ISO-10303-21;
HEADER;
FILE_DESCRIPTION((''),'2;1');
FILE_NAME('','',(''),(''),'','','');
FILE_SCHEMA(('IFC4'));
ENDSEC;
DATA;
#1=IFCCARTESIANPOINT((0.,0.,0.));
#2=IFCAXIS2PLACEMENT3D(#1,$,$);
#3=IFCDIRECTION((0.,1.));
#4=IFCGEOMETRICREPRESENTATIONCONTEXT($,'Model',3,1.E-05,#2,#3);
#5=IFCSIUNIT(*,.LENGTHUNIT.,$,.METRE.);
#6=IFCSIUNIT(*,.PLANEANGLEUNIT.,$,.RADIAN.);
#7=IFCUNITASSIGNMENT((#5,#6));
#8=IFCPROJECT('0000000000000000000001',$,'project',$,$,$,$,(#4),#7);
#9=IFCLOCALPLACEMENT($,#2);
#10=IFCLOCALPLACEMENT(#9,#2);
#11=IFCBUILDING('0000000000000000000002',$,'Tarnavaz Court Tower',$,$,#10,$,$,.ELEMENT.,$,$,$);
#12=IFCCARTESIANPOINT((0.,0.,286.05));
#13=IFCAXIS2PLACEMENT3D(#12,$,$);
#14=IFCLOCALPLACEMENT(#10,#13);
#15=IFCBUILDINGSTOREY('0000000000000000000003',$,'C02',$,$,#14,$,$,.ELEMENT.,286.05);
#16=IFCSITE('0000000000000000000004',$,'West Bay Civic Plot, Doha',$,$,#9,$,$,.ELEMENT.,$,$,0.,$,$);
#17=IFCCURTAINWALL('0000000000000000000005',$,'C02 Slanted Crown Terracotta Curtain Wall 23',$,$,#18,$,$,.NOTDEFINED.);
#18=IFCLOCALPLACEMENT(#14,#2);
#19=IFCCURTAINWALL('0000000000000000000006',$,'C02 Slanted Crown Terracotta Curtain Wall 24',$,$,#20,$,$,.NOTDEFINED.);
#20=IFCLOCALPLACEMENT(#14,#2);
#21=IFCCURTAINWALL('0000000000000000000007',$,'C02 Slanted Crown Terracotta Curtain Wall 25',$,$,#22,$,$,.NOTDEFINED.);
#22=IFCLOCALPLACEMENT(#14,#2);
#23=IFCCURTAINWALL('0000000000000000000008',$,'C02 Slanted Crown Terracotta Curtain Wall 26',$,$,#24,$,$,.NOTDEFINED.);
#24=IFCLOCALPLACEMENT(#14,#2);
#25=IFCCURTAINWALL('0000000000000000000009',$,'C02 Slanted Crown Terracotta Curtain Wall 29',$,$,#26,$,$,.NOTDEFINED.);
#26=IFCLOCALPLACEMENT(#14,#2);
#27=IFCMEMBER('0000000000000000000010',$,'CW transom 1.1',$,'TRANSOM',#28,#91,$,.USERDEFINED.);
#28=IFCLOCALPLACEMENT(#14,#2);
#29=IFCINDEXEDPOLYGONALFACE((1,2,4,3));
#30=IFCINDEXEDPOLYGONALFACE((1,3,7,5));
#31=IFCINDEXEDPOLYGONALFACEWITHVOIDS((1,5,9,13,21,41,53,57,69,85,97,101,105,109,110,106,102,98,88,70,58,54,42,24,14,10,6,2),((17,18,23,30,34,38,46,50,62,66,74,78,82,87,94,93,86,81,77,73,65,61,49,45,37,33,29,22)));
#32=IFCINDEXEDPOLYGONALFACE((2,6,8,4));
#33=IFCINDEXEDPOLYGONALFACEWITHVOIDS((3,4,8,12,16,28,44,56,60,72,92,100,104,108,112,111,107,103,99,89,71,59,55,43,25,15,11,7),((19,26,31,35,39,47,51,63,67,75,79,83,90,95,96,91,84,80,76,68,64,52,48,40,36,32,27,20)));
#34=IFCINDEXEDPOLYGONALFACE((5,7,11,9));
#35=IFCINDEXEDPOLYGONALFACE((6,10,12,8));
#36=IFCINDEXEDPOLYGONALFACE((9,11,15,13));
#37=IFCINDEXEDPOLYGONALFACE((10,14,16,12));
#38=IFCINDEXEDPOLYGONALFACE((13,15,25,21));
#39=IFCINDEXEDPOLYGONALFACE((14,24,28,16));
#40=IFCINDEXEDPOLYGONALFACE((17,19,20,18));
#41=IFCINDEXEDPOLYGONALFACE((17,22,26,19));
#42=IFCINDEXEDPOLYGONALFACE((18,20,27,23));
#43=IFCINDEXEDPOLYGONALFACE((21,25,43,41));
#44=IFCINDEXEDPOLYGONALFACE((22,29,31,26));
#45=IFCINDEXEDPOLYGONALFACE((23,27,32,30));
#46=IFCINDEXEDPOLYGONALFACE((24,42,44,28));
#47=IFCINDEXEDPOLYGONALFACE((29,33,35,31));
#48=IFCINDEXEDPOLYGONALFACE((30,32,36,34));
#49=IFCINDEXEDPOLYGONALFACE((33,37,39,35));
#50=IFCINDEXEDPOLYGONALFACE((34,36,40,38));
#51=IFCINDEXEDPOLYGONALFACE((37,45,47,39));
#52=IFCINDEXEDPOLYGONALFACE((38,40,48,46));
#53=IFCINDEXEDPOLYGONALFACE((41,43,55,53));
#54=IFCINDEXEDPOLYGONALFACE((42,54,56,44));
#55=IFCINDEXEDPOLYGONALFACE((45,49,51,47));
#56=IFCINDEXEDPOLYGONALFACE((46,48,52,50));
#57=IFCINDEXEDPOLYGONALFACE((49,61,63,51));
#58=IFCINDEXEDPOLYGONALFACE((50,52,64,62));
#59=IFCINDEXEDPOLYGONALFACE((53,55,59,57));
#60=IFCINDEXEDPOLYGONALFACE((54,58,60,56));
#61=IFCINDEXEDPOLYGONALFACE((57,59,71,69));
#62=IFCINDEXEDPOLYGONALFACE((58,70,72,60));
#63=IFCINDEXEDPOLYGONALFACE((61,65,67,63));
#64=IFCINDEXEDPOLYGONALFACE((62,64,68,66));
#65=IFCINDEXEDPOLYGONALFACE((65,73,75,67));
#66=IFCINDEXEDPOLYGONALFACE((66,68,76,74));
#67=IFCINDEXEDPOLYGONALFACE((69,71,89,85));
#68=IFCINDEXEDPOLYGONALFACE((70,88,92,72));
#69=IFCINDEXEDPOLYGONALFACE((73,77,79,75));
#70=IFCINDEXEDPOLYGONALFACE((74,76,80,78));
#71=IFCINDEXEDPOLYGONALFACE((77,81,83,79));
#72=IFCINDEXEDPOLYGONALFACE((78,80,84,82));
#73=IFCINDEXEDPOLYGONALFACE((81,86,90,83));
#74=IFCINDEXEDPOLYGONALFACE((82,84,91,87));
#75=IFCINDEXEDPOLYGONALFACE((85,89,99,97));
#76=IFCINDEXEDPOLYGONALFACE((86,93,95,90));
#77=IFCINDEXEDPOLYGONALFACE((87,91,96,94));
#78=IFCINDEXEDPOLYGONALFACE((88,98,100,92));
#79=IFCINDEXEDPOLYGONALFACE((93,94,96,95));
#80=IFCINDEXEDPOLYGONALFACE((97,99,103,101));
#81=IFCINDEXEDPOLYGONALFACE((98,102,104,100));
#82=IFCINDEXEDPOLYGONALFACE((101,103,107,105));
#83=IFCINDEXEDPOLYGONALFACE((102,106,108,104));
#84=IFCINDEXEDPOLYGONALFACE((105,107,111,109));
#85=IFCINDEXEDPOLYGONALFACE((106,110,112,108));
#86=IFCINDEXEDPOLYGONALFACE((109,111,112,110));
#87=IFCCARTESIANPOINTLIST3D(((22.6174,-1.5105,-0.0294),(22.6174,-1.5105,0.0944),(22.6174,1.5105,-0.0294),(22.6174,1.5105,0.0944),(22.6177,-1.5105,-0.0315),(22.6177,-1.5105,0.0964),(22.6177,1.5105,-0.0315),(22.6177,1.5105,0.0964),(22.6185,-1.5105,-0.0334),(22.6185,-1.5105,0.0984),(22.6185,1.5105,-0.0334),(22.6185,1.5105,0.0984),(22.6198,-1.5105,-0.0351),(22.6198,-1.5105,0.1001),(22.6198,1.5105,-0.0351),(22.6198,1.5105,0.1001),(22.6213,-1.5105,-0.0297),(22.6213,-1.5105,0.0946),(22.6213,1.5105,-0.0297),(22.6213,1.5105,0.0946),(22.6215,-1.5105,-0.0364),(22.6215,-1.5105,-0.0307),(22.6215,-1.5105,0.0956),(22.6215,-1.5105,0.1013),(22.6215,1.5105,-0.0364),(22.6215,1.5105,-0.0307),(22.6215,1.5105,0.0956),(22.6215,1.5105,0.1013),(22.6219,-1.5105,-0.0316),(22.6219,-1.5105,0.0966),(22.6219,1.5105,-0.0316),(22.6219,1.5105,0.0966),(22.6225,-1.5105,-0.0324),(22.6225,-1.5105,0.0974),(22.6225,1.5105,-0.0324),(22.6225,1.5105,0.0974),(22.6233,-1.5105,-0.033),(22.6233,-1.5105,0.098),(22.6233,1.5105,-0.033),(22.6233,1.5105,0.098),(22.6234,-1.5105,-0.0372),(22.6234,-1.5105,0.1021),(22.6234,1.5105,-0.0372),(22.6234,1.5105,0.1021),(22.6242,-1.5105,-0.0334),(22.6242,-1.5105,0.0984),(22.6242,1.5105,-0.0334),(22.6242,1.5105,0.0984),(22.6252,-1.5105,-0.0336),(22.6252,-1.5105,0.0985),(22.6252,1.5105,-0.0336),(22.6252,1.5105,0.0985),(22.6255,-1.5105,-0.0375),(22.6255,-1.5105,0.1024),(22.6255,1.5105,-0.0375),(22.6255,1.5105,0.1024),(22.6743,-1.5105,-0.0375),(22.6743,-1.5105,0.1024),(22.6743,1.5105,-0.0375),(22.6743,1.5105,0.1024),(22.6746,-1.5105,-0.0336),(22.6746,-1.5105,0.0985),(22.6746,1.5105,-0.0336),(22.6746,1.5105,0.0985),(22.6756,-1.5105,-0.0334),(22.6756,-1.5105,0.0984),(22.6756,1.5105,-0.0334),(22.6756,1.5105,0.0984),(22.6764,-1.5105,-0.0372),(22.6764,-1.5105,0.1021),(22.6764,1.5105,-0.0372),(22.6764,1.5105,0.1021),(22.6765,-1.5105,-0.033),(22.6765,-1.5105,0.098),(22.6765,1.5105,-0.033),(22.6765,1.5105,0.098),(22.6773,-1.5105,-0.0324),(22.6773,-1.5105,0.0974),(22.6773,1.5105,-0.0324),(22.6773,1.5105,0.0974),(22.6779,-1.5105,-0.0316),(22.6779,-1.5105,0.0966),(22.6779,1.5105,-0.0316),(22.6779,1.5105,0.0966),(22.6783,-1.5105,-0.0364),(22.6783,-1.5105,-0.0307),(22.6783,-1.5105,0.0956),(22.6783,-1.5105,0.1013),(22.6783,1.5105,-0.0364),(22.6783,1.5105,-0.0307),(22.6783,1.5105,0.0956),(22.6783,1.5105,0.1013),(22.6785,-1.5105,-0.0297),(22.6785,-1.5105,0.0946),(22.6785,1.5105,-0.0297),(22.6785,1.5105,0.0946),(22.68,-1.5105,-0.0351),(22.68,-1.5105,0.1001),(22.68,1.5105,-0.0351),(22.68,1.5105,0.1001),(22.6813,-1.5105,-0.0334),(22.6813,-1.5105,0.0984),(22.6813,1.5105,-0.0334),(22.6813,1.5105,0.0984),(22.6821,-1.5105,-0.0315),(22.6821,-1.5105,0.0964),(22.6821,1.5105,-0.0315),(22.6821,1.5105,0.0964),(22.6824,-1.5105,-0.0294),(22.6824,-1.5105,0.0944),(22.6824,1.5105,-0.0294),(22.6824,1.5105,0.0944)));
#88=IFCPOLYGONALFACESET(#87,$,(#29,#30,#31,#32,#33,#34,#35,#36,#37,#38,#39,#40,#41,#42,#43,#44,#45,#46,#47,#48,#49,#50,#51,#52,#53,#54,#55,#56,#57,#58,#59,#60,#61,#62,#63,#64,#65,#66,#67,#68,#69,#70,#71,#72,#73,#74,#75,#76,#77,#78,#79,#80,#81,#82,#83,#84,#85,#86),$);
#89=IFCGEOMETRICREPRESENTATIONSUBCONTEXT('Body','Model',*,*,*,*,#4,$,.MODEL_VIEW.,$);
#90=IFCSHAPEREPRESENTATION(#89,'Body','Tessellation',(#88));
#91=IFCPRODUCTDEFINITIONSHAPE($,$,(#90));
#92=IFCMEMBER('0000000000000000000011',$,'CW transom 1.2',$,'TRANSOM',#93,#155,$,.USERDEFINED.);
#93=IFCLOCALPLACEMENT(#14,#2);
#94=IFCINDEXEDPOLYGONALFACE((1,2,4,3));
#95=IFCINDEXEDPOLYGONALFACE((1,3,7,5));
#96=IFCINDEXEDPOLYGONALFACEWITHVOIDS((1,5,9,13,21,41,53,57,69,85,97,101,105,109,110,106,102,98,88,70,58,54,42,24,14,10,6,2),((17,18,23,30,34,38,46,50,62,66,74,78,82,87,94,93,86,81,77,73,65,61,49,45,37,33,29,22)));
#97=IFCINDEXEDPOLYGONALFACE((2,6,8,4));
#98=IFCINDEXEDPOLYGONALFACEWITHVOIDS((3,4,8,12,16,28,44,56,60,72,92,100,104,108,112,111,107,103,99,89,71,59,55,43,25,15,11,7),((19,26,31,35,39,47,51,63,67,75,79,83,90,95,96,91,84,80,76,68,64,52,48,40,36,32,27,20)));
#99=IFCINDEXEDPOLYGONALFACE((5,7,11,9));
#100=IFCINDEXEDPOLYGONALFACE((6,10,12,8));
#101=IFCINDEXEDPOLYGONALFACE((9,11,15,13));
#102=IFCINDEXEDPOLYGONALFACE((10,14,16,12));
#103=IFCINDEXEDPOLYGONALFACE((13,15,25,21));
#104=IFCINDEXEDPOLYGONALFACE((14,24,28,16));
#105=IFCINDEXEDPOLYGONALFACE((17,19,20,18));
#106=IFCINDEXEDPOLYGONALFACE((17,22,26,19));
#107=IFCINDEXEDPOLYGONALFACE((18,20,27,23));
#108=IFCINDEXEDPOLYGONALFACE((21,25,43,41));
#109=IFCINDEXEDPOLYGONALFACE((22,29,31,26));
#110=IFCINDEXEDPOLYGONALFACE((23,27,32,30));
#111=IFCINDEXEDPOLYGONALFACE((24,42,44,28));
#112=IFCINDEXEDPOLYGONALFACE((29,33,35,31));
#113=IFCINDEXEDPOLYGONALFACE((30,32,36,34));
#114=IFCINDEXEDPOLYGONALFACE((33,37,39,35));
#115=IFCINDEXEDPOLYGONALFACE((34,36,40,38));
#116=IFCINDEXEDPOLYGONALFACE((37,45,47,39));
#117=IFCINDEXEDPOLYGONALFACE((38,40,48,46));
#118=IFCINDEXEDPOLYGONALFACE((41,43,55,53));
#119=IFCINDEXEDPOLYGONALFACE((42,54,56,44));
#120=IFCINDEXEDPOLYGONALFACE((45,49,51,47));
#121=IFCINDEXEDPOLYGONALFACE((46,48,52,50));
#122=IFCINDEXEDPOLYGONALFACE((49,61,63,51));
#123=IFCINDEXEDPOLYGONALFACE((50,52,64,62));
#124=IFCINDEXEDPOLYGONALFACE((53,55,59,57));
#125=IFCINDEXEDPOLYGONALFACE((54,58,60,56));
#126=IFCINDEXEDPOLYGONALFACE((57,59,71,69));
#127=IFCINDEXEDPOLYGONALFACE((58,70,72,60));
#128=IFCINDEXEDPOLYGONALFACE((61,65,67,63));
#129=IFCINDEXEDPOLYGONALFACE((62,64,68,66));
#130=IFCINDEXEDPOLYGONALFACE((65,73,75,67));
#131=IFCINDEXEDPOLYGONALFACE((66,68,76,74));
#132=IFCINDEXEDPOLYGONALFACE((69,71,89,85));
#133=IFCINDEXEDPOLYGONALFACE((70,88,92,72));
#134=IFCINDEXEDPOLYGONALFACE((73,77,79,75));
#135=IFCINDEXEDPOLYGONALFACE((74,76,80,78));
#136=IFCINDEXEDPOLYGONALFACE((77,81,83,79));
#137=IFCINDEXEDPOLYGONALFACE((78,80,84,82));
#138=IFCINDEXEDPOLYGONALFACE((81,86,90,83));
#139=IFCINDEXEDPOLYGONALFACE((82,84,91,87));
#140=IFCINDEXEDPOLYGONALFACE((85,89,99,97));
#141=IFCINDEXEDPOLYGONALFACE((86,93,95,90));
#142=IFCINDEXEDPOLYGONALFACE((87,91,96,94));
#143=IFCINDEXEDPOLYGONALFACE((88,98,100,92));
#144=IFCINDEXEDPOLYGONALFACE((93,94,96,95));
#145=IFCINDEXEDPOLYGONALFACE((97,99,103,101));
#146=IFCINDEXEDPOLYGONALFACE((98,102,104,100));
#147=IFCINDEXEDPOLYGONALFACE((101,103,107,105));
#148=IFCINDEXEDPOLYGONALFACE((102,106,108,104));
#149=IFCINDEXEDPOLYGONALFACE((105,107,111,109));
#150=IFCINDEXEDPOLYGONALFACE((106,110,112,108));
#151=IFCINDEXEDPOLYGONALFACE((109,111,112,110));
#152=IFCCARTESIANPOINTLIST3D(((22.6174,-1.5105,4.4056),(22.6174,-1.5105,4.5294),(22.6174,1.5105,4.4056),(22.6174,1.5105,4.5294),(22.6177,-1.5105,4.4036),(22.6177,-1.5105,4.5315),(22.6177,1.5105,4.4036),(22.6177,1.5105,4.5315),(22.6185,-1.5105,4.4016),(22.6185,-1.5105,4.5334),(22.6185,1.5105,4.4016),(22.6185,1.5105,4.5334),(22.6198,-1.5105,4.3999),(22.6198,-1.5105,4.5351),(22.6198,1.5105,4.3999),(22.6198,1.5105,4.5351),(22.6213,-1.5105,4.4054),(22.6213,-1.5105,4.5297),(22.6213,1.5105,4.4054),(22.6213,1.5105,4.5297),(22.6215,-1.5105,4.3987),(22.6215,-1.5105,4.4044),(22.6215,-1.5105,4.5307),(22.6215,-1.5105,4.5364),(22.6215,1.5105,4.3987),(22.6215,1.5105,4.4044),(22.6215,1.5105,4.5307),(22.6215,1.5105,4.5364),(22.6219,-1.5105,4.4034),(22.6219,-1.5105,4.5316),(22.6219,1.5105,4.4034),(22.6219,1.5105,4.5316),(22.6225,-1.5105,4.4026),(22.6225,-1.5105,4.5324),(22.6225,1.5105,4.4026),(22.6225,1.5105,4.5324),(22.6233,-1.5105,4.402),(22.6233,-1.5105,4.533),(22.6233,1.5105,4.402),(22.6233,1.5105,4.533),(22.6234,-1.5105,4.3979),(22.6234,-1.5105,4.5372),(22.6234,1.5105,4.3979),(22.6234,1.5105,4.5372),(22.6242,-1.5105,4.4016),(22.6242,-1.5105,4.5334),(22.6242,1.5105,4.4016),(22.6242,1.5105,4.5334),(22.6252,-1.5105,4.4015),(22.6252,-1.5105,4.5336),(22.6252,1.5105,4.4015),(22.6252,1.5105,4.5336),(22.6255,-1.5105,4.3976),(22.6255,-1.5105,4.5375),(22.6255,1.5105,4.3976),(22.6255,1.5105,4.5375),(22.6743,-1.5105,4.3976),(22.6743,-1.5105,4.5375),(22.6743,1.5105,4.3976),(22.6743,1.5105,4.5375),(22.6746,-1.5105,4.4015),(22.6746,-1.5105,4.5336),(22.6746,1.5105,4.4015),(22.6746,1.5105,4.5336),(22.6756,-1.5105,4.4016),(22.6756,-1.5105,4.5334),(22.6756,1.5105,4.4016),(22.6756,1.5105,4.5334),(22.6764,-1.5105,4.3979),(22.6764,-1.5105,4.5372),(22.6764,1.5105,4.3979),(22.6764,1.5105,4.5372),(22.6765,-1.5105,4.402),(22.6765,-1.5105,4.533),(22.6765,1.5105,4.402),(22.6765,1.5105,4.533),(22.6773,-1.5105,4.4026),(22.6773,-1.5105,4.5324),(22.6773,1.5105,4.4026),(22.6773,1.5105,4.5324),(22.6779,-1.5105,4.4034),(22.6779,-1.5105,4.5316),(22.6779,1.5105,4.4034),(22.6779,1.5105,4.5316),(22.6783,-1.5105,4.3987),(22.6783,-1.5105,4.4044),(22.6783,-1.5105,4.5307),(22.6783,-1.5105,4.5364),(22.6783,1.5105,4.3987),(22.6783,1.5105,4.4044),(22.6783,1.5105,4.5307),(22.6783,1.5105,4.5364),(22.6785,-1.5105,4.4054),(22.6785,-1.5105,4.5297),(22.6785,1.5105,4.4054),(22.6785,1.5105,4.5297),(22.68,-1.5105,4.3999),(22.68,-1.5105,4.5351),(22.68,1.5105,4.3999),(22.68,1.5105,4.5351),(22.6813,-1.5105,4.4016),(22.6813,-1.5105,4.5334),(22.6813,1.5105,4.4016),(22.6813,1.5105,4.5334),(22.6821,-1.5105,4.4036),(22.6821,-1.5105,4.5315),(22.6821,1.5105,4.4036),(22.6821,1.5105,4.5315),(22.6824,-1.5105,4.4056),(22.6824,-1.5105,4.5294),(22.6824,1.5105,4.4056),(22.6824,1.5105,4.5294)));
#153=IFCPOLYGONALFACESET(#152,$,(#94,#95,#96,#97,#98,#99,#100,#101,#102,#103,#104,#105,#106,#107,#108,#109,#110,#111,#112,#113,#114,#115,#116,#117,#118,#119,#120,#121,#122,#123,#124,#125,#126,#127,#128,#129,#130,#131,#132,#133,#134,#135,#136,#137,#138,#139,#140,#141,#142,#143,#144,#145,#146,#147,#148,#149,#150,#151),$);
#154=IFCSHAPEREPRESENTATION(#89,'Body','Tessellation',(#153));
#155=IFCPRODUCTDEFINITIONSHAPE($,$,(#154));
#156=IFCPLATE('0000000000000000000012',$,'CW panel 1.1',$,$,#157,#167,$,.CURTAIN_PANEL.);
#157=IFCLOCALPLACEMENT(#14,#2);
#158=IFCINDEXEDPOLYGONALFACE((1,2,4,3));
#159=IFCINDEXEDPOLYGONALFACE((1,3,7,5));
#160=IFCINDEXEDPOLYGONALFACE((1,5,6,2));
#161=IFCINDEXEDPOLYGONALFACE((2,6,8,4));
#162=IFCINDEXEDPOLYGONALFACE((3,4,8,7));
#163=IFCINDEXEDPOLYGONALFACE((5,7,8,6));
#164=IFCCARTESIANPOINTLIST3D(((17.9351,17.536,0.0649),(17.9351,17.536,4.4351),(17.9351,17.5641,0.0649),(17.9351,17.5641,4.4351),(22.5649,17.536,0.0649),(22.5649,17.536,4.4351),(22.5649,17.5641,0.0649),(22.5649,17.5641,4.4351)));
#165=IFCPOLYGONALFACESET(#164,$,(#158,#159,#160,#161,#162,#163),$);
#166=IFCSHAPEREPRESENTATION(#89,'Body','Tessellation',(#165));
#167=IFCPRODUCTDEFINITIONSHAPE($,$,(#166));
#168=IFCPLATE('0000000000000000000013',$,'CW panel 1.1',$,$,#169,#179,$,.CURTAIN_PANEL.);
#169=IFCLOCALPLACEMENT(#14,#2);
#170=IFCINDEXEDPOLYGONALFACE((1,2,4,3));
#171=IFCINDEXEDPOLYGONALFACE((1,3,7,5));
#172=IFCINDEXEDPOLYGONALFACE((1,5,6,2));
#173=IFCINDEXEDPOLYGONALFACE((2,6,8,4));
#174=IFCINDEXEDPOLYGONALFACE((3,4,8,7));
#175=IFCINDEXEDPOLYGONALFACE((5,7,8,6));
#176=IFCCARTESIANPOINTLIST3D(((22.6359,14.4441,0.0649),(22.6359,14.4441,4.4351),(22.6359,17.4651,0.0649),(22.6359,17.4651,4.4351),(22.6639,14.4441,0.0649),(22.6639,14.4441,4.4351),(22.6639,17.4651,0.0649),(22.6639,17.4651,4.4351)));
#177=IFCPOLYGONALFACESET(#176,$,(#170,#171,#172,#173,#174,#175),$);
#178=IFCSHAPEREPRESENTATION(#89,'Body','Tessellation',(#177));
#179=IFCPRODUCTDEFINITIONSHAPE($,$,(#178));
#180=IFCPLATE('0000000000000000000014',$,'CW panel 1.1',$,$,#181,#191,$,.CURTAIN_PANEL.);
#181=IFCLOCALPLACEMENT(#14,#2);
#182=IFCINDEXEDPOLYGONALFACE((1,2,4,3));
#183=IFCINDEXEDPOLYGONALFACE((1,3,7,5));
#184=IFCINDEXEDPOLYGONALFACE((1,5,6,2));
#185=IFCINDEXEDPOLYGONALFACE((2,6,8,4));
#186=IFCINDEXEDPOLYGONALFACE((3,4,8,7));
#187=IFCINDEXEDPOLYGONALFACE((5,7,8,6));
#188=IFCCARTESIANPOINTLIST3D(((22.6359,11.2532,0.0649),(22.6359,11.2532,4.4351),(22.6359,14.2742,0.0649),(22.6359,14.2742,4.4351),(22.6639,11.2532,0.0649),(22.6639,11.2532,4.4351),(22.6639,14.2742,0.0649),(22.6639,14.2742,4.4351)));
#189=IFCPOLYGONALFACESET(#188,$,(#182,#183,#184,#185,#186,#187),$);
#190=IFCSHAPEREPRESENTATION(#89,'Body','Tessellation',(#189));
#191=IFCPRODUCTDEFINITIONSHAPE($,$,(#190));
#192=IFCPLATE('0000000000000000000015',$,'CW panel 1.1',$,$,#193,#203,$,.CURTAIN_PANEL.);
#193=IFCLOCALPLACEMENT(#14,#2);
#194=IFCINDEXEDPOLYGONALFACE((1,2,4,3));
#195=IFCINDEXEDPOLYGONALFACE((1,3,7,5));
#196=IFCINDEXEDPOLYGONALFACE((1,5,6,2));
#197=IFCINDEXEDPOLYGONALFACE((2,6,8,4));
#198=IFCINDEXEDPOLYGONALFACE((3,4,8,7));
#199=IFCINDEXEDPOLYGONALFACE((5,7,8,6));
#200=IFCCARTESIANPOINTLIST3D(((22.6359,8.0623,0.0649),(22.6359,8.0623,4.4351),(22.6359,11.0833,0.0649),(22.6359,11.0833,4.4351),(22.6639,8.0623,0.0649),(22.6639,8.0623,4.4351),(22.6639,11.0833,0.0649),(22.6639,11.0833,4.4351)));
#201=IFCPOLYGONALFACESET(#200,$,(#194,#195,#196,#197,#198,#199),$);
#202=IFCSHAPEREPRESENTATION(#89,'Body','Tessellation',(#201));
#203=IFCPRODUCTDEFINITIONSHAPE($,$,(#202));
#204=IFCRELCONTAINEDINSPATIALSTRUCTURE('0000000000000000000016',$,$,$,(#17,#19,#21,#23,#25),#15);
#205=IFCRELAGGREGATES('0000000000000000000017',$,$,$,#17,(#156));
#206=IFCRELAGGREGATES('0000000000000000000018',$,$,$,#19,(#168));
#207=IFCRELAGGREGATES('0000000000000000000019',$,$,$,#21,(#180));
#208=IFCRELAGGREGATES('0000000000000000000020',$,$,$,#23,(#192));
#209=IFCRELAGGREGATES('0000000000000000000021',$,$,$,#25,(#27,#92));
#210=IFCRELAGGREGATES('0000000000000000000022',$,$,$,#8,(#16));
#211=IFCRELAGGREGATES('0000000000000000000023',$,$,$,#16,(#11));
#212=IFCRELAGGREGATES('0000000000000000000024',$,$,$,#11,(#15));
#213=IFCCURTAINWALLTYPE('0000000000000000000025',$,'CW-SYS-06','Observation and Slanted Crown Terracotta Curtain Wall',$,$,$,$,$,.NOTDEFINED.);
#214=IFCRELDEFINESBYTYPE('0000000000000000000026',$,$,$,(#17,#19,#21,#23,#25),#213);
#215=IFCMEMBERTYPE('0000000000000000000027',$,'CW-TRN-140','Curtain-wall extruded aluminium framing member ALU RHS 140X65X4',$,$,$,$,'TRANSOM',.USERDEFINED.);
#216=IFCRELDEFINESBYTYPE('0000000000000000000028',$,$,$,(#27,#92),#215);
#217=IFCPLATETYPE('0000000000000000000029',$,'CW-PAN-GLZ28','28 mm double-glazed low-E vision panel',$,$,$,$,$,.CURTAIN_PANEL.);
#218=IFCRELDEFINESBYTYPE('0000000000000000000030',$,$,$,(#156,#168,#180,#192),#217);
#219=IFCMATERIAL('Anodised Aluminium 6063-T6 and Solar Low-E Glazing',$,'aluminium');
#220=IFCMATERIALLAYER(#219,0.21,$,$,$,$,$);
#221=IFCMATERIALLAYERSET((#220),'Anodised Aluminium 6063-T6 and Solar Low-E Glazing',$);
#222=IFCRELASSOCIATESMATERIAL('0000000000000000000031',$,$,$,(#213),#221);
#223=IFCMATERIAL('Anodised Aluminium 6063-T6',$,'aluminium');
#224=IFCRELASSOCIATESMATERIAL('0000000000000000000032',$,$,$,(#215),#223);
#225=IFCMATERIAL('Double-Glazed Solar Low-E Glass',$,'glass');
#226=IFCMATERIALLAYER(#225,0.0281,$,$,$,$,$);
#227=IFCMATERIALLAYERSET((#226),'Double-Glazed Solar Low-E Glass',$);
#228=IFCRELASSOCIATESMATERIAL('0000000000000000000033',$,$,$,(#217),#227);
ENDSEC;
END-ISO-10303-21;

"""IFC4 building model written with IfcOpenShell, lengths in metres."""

from ifc_helpers import new_model, si_unit, direction, frame, origin, origin_2d, place, context, subcontext, project, spatial, rectangle, hollow_rectangle, extrude, material, layer, layer_set, material_profile, profile_set, type_object, element, aggregate, save


model = new_model("IFC4")

# Units and contexts
model_context = context("Model", 3, precision=1e-05, world=origin(), true_north=direction((0.0, 1.0)))
body_context = subcontext(model_context, "Body", "Model", "MODEL_VIEW")
ifc_project = project(units=[si_unit("LENGTHUNIT", "METRE"), si_unit("PLANEANGLEUNIT", "RADIAN")], contexts=[model_context])

# Site, building, storey
site_placement = place(None, origin())
site = spatial("IfcSite", under=ifc_project, at=site_placement, Name="West Bay Civic Plot, Doha", CompositionType="ELEMENT", RefElevation=0.0)
building_placement = place(site_placement, origin())
building = spatial("IfcBuilding", under=site, at=building_placement, Name="Tarnavaz Court Tower", CompositionType="ELEMENT")
storey_placement = place(building_placement, frame((0.0, 0.0, 286.05)))
storey = spatial("IfcBuildingStorey", under=building, at=storey_placement, Name="C02", CompositionType="ELEMENT", Elevation=286.05)

# Curtain wall
ifc_material_1 = material(Name="Anodised Aluminium 6063-T6 and Solar Low-E Glazing", Category="aluminium")
ifc_layer_1 = layer(ifc_material_1, 0.21)
ifc_layer_set_1 = layer_set([ifc_layer_1], Name="Anodised Aluminium 6063-T6 and Solar Low-E Glazing")
curtain_wall_type = type_object("IfcCurtainWallType", Name="CW-SYS-06", Description="Observation and Slanted Crown Terracotta Curtain Wall", PredefinedType="NOTDEFINED", material=ifc_layer_set_1)
curtain_wall_1_placement = place(storey_placement, origin())
curtain_wall_1 = element("IfcCurtainWall", 1, at=curtain_wall_1_placement, inside=storey, type_object=curtain_wall_type, Name="C02 Slanted Crown Terracotta Curtain Wall 23", PredefinedType="NOTDEFINED")
ifc_material_2 = material(Name="Anodised Aluminium 6063-T6", Category="aluminium")

# Curtain walls
curtain_wall_2_placement = place(storey_placement, origin())
curtain_wall_2 = element("IfcCurtainWall", 2, at=curtain_wall_2_placement, inside=storey, type_object=curtain_wall_type, Name="C02 Slanted Crown Terracotta Curtain Wall 24", PredefinedType="NOTDEFINED")
curtain_wall_3_placement = place(storey_placement, origin())
curtain_wall_3 = element("IfcCurtainWall", 3, at=curtain_wall_3_placement, inside=storey, type_object=curtain_wall_type, Name="C02 Slanted Crown Terracotta Curtain Wall 25", PredefinedType="NOTDEFINED")
curtain_wall_4_placement = place(storey_placement, origin())
curtain_wall_4 = element("IfcCurtainWall", 4, at=curtain_wall_4_placement, inside=storey, type_object=curtain_wall_type, Name="C02 Slanted Crown Terracotta Curtain Wall 26", PredefinedType="NOTDEFINED")

# Curtain wall
curtain_wall_5_placement = place(storey_placement, origin())
curtain_wall_5 = element("IfcCurtainWall", 5, at=curtain_wall_5_placement, inside=storey, type_object=curtain_wall_type, Name="C02 Slanted Crown Terracotta Curtain Wall 29", PredefinedType="NOTDEFINED")

# Members
ifc_material_profile_1 = material_profile(ifc_material_2, hollow_rectangle(XDim=0.0649, YDim=0.1399, WallThickness=0.0039, InnerFilletRadius=0.0039, OuterFilletRadius=0.0081, at=origin_2d()), Name="ALU RHS 140X65X4")
ifc_profile_set_1 = profile_set([ifc_material_profile_1], Name="Anodised Aluminium 6063-T6")
member_type_1 = type_object("IfcMemberType", Name="CW-TRN-140", Description="Curtain-wall extruded aluminium framing member ALU RHS 140X65X4", ElementType="TRANSOM", PredefinedType="USERDEFINED", material=ifc_profile_set_1)
member_1_placement = place(storey_placement, frame((22.6499, 1.5105, 0.0325), z_axis=(0.0, -1.0, 0.0), x_axis=(1.0, 0.0, 0.0)))
member_1 = element("IfcMember", 6, at=member_1_placement, type_object=member_type_1, Name="CW transom 1.1", ObjectType="TRANSOM", PredefinedType="USERDEFINED", context=body_context, shape_type="SweptSolid", body=[
    extrude(hollow_rectangle(XDim=0.0649, YDim=0.1399, WallThickness=0.0039, InnerFilletRadius=0.0039, OuterFilletRadius=0.0081, at=origin_2d()), origin(), (0.0, 0.0, 1.0), 3.021),
])
member_2_placement = place(storey_placement, frame((22.6499, 1.5105, 4.4675), z_axis=(0.0, -1.0, 0.0), x_axis=(1.0, 0.0, 0.0)))
member_2 = element("IfcMember", 7, at=member_2_placement, type_object=member_type_1, Name="CW transom 1.2", ObjectType="TRANSOM", PredefinedType="USERDEFINED", context=body_context, shape_type="SweptSolid", body=[
    extrude(hollow_rectangle(XDim=0.0649, YDim=0.1399, WallThickness=0.0039, InnerFilletRadius=0.0039, OuterFilletRadius=0.0081, at=origin_2d()), origin(), (0.0, 0.0, 1.0), 3.021),
])

# Plates
ifc_material_3 = material(Name="Double-Glazed Solar Low-E Glass", Category="glass")
ifc_layer_2 = layer(ifc_material_3, 0.0281)
ifc_layer_set_2 = layer_set([ifc_layer_2], Name="Double-Glazed Solar Low-E Glass")
plate_type = type_object("IfcPlateType", Name="CW-PAN-GLZ28", Description="28 mm double-glazed low-E vision panel", PredefinedType="CURTAIN_PANEL", material=ifc_layer_set_2)
plate_1_placement = place(storey_placement, frame((20.25, 17.55, 0.0649), z_axis=(0.0, 0.0, 1.0), x_axis=(1.0, 0.0, 0.0)))
plate_1 = element("IfcPlate", 8, at=plate_1_placement, type_object=plate_type, Name="CW panel 1.1", PredefinedType="CURTAIN_PANEL", context=body_context, shape_type="SweptSolid", body=[
    extrude(rectangle(XDim=4.6299, YDim=0.0281, at=origin_2d()), origin(), (0.0, 0.0, 1.0), 4.3701),
])
aggregate(curtain_wall_1, [plate_1])
plate_2_placement = place(storey_placement, frame((22.6499, 15.9546, 0.0649), z_axis=(0.0, 0.0, 1.0), x_axis=(0.0, -1.0, 0.0)))
plate_2 = element("IfcPlate", 9, at=plate_2_placement, type_object=plate_type, Name="CW panel 1.1", PredefinedType="CURTAIN_PANEL", context=body_context, shape_type="SweptSolid", body=[
    extrude(rectangle(XDim=3.021, YDim=0.0281, at=origin_2d()), origin(), (0.0, 0.0, 1.0), 4.3701),
])
aggregate(curtain_wall_2, [plate_2])
plate_3_placement = place(storey_placement, frame((22.6499, 12.7637, 0.0649), z_axis=(0.0, 0.0, 1.0), x_axis=(0.0, -1.0, 0.0)))
plate_3 = element("IfcPlate", 10, at=plate_3_placement, type_object=plate_type, Name="CW panel 1.1", PredefinedType="CURTAIN_PANEL", context=body_context, shape_type="SweptSolid", body=[
    extrude(rectangle(XDim=3.021, YDim=0.0281, at=origin_2d()), origin(), (0.0, 0.0, 1.0), 4.3701),
])
aggregate(curtain_wall_3, [plate_3])
plate_4_placement = place(storey_placement, frame((22.6499, 9.5728, 0.0649), z_axis=(0.0, 0.0, 1.0), x_axis=(0.0, -1.0, 0.0)))
plate_4 = element("IfcPlate", 11, at=plate_4_placement, type_object=plate_type, Name="CW panel 1.1", PredefinedType="CURTAIN_PANEL", context=body_context, shape_type="SweptSolid", body=[
    extrude(rectangle(XDim=3.021, YDim=0.0281, at=origin_2d()), origin(), (0.0, 0.0, 1.0), 4.3701),
])
aggregate(curtain_wall_4, [plate_4])
aggregate(curtain_wall_5, [member_1, member_2])

save(model, "model.ifc")
